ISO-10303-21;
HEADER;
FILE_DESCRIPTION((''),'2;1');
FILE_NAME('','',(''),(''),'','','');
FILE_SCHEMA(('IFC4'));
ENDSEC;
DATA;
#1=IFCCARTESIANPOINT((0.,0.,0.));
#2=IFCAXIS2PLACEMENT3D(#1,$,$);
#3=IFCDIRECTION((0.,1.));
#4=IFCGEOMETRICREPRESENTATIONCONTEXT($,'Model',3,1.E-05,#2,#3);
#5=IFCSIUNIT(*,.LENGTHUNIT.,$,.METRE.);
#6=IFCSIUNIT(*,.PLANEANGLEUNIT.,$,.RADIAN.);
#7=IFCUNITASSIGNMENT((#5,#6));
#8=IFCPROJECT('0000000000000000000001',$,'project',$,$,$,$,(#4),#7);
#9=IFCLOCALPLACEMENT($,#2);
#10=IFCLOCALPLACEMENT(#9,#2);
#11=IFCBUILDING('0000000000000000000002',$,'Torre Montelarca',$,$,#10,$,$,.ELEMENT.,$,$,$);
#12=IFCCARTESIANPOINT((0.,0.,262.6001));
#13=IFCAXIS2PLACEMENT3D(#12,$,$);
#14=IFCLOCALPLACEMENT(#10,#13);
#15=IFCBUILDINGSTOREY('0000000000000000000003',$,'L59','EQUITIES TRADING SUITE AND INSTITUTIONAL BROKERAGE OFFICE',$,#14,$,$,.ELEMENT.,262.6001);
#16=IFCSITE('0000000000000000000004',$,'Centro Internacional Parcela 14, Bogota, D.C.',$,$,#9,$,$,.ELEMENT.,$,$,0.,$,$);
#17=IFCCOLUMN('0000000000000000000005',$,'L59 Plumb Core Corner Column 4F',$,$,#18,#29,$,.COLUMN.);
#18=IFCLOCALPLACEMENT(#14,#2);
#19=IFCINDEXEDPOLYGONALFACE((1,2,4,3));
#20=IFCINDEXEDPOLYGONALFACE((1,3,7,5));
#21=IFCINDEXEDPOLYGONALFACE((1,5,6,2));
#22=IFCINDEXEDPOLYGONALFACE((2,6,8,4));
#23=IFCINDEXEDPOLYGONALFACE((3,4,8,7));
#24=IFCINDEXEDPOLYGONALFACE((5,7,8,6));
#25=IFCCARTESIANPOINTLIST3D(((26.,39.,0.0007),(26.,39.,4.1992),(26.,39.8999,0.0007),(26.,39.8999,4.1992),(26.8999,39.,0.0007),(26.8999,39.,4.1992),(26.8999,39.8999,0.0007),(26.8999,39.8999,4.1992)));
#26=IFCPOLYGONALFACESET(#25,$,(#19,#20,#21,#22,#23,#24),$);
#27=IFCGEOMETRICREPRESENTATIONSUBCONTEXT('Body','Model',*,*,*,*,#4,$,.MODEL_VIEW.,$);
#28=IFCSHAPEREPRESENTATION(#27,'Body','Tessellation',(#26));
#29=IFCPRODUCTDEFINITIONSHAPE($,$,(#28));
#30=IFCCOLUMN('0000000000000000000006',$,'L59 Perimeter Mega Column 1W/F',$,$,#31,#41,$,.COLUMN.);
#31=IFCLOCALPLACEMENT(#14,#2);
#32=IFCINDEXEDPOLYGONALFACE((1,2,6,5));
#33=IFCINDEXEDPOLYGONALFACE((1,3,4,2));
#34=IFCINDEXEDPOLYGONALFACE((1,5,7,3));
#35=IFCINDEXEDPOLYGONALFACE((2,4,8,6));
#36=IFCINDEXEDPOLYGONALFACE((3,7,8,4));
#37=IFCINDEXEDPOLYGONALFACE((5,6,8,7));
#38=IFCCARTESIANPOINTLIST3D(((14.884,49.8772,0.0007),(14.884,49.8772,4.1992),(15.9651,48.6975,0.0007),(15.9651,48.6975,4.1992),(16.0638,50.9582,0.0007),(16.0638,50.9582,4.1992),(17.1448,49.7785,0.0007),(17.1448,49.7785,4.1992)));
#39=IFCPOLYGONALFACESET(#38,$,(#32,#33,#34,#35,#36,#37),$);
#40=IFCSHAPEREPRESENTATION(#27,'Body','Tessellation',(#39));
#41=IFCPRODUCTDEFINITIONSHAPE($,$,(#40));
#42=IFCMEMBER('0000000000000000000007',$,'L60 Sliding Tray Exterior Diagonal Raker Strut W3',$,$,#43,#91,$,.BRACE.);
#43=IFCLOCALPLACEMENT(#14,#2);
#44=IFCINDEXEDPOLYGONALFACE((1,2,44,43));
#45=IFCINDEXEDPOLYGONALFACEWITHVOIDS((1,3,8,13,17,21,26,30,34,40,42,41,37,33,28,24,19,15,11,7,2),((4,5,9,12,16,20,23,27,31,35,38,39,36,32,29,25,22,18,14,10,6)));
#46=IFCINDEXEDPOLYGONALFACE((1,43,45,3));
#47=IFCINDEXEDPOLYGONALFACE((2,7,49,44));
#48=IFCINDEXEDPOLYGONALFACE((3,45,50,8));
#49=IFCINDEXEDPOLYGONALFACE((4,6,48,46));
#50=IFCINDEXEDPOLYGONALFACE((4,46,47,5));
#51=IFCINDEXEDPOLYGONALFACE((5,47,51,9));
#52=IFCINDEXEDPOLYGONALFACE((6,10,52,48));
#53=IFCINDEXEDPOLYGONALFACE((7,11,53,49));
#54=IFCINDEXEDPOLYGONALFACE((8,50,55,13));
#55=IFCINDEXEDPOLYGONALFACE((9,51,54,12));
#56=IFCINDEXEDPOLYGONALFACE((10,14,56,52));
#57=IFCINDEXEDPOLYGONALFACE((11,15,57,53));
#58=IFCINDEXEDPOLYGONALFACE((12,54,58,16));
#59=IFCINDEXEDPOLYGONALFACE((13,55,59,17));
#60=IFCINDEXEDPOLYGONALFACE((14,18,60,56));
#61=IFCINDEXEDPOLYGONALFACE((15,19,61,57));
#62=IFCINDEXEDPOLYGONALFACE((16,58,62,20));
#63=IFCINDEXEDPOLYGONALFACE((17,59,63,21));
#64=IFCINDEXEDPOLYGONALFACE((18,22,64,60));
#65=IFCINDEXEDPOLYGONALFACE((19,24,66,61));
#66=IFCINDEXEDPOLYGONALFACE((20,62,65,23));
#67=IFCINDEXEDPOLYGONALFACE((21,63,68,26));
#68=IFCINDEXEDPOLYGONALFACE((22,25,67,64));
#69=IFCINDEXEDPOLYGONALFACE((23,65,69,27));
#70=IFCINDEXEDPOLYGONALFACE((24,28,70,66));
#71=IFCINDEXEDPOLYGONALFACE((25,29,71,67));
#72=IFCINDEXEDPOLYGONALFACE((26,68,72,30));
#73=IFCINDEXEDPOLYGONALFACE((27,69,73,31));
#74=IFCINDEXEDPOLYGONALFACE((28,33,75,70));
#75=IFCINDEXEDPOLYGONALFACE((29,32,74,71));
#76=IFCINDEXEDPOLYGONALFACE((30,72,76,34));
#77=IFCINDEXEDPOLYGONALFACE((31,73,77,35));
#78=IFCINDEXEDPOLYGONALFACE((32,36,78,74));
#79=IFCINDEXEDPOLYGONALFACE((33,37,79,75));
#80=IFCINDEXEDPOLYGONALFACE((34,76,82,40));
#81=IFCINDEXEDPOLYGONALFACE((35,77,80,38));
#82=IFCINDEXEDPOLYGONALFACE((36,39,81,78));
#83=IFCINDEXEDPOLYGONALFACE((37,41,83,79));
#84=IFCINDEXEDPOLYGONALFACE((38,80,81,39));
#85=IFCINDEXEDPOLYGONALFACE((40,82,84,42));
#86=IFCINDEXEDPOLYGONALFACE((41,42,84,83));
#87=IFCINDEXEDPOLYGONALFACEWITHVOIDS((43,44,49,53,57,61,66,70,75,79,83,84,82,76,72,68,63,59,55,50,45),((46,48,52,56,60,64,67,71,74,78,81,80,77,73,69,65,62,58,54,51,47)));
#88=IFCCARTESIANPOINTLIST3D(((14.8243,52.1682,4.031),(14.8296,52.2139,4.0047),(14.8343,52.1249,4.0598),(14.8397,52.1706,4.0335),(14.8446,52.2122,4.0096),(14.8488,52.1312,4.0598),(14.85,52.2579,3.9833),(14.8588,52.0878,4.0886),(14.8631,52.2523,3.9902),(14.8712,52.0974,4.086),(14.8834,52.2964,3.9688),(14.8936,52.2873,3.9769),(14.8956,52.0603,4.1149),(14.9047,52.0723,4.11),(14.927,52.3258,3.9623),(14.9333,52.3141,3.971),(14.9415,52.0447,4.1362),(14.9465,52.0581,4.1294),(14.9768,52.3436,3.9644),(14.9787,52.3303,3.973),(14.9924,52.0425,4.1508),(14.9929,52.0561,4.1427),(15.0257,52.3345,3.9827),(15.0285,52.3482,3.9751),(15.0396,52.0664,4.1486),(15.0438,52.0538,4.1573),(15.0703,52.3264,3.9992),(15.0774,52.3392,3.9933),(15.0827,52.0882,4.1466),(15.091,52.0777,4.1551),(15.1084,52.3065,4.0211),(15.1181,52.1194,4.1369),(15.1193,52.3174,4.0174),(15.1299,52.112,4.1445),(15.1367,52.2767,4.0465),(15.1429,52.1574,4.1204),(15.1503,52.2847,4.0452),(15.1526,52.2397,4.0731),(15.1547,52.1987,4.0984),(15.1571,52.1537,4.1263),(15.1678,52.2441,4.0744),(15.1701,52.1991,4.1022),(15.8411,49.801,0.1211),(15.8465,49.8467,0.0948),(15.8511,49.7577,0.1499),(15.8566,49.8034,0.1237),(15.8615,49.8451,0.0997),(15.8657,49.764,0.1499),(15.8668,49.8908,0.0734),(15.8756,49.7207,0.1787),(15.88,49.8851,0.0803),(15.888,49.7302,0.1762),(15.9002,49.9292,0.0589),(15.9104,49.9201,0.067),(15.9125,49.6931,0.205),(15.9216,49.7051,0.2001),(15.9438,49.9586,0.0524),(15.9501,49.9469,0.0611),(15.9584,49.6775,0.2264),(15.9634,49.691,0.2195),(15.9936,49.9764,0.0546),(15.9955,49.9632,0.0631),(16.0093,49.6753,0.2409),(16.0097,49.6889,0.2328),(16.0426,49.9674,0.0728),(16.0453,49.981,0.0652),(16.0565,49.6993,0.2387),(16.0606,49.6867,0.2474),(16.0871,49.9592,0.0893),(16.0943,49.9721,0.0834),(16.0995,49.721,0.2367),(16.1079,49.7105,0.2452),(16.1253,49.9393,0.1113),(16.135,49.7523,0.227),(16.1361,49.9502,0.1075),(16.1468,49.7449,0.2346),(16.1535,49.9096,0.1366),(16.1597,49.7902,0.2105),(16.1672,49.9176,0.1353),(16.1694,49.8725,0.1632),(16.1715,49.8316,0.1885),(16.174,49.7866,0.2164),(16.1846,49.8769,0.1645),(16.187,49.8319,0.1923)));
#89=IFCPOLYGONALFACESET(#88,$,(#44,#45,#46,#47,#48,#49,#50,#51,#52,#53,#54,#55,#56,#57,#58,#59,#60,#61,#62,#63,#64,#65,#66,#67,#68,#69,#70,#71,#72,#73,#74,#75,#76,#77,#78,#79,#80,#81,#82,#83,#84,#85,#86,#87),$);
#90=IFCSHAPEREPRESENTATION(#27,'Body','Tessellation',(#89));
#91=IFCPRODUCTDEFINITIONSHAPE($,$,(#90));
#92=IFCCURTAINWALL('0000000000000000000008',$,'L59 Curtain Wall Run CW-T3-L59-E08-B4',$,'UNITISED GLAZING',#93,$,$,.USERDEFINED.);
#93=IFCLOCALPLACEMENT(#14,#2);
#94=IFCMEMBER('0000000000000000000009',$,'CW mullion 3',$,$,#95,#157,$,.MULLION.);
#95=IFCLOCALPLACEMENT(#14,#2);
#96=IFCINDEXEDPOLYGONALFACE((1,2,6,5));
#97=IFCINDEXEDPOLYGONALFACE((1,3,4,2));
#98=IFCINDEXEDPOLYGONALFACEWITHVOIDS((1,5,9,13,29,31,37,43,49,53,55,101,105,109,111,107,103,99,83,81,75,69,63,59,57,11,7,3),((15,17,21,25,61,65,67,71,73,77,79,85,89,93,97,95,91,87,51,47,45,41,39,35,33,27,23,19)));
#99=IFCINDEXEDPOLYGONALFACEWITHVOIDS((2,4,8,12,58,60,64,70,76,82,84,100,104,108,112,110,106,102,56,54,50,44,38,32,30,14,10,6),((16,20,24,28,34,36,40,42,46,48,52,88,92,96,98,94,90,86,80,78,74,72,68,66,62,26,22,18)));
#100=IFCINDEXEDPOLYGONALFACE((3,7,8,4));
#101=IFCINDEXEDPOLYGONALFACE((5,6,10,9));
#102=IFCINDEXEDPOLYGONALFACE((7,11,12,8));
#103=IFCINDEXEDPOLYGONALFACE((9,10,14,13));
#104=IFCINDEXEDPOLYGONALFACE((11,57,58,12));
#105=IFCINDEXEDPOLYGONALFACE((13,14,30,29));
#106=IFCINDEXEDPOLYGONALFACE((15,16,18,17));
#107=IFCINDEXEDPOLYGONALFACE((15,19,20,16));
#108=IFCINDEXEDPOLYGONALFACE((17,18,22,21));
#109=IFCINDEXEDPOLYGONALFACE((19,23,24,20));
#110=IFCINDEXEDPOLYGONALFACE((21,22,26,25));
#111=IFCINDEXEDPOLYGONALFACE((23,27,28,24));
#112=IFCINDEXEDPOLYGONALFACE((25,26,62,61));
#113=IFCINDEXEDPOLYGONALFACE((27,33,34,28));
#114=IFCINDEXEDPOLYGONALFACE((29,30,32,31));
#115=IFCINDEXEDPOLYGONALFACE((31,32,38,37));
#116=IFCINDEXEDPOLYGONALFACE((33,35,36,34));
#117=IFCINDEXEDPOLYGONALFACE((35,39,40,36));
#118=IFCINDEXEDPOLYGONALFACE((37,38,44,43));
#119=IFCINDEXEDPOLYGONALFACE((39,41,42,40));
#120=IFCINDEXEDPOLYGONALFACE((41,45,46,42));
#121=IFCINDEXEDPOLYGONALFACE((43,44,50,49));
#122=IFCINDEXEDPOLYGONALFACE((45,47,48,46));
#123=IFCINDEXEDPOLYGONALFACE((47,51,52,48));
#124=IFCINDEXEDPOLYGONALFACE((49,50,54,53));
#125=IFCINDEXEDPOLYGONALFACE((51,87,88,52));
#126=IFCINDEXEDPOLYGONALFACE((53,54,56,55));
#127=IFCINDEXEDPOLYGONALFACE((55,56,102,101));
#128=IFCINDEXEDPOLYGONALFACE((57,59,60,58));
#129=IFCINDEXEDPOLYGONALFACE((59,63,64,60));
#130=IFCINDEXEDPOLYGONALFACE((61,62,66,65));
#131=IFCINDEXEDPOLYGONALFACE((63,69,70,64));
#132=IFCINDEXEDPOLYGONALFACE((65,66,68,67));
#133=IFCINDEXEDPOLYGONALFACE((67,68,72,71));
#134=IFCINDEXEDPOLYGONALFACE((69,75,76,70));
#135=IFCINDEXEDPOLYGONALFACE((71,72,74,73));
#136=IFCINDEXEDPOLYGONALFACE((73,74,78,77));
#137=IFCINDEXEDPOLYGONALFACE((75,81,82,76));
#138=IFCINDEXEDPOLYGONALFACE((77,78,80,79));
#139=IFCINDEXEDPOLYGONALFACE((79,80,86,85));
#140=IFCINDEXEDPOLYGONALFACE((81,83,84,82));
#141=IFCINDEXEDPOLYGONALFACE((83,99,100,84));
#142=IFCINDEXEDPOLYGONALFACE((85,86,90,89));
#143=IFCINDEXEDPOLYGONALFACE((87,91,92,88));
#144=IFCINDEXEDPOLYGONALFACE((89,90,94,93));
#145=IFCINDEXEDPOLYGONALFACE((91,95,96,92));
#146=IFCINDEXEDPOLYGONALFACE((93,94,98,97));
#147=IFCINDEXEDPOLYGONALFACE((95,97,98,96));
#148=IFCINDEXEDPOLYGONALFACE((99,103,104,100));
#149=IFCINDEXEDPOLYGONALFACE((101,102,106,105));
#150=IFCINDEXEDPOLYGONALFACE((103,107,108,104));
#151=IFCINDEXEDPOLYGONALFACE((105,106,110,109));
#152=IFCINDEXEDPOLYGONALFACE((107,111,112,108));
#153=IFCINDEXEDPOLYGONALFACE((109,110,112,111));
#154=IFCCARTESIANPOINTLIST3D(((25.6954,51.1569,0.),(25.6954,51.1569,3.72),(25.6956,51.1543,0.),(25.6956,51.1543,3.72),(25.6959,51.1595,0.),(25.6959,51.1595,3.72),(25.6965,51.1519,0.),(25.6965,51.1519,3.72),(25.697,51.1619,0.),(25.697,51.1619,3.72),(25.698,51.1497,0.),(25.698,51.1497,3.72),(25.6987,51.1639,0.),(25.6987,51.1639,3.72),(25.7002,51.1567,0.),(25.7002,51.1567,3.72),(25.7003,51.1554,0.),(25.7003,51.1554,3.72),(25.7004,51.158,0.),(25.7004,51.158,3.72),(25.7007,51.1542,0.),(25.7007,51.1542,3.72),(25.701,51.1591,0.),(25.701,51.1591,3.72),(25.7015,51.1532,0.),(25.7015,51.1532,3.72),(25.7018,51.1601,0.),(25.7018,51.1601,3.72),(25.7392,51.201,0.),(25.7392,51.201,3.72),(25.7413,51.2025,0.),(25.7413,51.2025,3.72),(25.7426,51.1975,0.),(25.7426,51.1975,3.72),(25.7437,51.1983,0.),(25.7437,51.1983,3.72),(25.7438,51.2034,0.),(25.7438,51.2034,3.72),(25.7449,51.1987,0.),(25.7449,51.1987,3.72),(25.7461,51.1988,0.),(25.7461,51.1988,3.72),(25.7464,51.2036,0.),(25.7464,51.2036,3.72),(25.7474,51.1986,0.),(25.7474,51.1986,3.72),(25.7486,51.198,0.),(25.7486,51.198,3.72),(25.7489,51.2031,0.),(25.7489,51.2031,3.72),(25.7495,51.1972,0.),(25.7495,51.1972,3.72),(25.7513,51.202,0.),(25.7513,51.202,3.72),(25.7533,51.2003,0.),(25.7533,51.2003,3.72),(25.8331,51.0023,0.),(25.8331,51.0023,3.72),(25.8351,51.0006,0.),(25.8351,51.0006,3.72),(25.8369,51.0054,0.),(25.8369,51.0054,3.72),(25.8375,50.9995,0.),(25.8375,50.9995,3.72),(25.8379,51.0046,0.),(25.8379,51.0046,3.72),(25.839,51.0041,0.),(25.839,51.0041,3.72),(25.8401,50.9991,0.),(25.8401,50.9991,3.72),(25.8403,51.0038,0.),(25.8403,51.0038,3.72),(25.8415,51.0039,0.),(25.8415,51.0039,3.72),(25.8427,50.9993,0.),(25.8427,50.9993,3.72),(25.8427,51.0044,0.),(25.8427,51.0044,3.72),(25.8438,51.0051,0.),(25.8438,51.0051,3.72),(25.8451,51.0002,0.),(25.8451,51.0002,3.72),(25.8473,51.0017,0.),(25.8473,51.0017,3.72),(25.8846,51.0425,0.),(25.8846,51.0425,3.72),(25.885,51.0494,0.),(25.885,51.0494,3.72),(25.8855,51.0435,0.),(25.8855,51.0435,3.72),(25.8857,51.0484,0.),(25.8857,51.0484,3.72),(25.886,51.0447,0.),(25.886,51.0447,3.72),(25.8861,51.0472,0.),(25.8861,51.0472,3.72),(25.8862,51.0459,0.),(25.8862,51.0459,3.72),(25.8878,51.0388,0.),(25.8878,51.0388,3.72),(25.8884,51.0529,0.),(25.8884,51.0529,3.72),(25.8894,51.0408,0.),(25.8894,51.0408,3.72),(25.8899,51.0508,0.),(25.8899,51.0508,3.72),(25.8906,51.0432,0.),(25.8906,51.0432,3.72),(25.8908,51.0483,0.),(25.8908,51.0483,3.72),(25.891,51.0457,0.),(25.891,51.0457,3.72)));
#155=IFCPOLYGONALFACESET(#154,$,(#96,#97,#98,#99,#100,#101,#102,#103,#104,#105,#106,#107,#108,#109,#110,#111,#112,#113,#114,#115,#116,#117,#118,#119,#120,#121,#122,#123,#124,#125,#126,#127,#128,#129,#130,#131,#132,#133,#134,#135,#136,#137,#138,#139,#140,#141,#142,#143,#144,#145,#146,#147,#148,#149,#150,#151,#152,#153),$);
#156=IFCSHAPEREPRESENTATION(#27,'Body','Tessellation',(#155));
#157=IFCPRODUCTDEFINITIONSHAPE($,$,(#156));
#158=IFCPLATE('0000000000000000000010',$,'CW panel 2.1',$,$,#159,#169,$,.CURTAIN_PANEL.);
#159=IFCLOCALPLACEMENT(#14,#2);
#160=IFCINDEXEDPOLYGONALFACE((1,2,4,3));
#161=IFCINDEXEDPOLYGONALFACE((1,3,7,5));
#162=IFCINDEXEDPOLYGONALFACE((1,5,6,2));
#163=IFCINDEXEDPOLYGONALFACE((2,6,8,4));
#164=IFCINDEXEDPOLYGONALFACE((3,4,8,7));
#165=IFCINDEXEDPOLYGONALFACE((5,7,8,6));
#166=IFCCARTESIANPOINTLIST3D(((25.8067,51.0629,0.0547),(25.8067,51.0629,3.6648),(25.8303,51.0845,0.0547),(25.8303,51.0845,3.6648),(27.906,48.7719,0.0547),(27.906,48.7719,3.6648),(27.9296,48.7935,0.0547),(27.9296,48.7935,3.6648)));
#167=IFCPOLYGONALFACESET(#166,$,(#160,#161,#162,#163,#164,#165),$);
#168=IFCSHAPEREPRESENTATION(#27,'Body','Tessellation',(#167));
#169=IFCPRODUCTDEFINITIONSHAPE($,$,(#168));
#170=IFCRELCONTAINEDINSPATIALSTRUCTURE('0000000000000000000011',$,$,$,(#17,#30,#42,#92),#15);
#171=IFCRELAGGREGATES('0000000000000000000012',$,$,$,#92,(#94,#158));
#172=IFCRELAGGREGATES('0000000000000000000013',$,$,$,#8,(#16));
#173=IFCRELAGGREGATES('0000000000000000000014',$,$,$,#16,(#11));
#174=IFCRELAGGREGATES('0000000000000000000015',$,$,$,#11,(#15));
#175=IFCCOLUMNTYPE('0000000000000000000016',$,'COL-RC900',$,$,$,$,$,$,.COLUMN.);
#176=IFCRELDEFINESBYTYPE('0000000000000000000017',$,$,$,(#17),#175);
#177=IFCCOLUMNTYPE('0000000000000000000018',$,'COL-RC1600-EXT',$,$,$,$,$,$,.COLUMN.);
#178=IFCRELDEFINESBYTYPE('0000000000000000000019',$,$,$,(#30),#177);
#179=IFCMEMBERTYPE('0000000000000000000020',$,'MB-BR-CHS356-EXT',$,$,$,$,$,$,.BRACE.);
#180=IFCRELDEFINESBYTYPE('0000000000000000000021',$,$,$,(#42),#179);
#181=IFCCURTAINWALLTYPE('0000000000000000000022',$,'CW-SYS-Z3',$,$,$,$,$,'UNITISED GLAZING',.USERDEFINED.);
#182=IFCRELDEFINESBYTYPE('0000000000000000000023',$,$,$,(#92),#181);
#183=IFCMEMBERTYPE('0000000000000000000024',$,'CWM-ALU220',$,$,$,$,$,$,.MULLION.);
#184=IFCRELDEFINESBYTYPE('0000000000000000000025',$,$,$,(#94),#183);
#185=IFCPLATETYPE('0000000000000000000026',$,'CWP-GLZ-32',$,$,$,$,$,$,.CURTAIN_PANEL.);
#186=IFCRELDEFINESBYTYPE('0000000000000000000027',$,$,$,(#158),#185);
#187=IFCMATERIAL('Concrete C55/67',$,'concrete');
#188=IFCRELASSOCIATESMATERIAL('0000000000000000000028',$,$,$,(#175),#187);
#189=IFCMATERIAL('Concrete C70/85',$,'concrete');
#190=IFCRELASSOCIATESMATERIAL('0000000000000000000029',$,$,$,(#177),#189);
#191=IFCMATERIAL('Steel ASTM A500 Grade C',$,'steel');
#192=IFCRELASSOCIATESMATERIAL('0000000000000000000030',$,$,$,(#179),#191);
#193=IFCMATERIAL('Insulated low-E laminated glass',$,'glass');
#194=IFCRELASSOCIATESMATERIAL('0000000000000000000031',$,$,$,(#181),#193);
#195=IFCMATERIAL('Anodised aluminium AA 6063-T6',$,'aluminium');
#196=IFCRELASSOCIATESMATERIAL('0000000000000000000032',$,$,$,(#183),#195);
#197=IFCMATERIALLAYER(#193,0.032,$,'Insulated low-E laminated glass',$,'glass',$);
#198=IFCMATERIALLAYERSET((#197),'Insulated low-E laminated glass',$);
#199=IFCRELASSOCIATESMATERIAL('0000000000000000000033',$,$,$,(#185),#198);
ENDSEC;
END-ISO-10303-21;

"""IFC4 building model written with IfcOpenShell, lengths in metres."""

from ifc_helpers import new_model, si_unit, direction, frame, origin, origin_2d, place, context, subcontext, project, spatial, rectangle, hollow_rectangle, hollow_circle, extrude, source, transform, mapped, material, layer, layer_set, material_profile, profile_set, type_object, element, aggregate, save


model = new_model("IFC4")

# Units and contexts
model_context = context("Model", 3, precision=1e-05, world=origin(), true_north=direction((0.0, 1.0)))
body_context = subcontext(model_context, "Body", "Model", "MODEL_VIEW")
ifc_project = project(units=[si_unit("LENGTHUNIT", "METRE"), si_unit("PLANEANGLEUNIT", "RADIAN")], contexts=[model_context])

# Site, building, storey
site_placement = place(None, origin())
site = spatial("IfcSite", under=ifc_project, at=site_placement, Name="Centro Internacional Parcela 14, Bogota, D.C.", CompositionType="ELEMENT", RefElevation=0.0)
building_placement = place(site_placement, origin())
building = spatial("IfcBuilding", under=site, at=building_placement, Name="Torre Montelarca", CompositionType="ELEMENT")
storey_placement = place(building_placement, frame((0.0, 0.0, 262.6001)))
storey = spatial("IfcBuildingStorey", under=building, at=storey_placement, Name="L59", Description="EQUITIES TRADING SUITE AND INSTITUTIONAL BROKERAGE OFFICE", CompositionType="ELEMENT", Elevation=262.6001)

# Columns
ifc_material_1 = material(Name="Concrete C55/67", Category="concrete")
ifc_material_profile_1 = material_profile(ifc_material_1, rectangle(XDim=0.8999, YDim=0.8999, at=origin_2d()), Name="RC900X900", Category="concrete")
ifc_profile_set_1 = profile_set([ifc_material_profile_1], Name="Concrete C55/67")
column_type_1 = type_object("IfcColumnType", Name="COL-RC900", PredefinedType="COLUMN", material=ifc_profile_set_1)
shared_shape_1 = source(origin(), body_context, "Body", "SweptSolid", [
    extrude(rectangle(XDim=0.8999, YDim=0.8999, at=origin_2d()), origin(), (0.0, 0.0, 1.0), 4.1985),
])
column_1_placement = place(storey_placement, frame((26.45, 39.45, 0.0007), z_axis=(0.0, 0.0, 1.0), x_axis=(1.0, 0.0, 0.0)))
element("IfcColumn", 1, at=column_1_placement, inside=storey, type_object=column_type_1, Name="L59 Plumb Core Corner Column 4F", PredefinedType="COLUMN", context=body_context, shape_type="MappedRepresentation", body=[
    mapped(shared_shape_1, transform((0.0, 0.0, 0.0), scale=1.0)),
])
ifc_material_2 = material(Name="Concrete C70/85", Category="concrete")
ifc_material_profile_2 = material_profile(ifc_material_2, rectangle(XDim=1.6001, YDim=1.6001, at=origin_2d()), Name="RC1600X1600", Category="concrete")
ifc_profile_set_2 = profile_set([ifc_material_profile_2], Name="Concrete C70/85")
column_type_2 = type_object("IfcColumnType", Name="COL-RC1600-EXT", PredefinedType="COLUMN", material=ifc_profile_set_2)
shared_shape_2 = source(origin(), body_context, "Body", "SweptSolid", [
    extrude(rectangle(XDim=1.6001, YDim=1.6001, at=origin_2d()), origin(), (0.0, 0.0, 1.0), 4.1985),
])
column_2_placement = place(storey_placement, frame((16.0144, 49.8279, 0.0007), z_axis=(0.0, 0.0, 1.0), x_axis=(-0.67559, 0.737277, 0.0)))
element("IfcColumn", 2, at=column_2_placement, inside=storey, type_object=column_type_2, Name="L59 Perimeter Mega Column 1W/F", PredefinedType="COLUMN", context=body_context, shape_type="MappedRepresentation", body=[
    mapped(shared_shape_2, transform((0.0, 0.0, 0.0), scale=1.0)),
])

# Member
ifc_material_3 = material(Name="Steel ASTM A500 Grade C", Category="steel")
ifc_material_profile_3 = material_profile(ifc_material_3, hollow_circle(Radius=0.1777, WallThickness=0.0159, at=origin_2d()), Name="HSS355.6X15.9", Category="steel")
ifc_profile_set_3 = profile_set([ifc_material_profile_3], Name="Steel ASTM A500 Grade C")
member_type_1 = type_object("IfcMemberType", Name="MB-BR-CHS356-EXT", PredefinedType="BRACE", material=ifc_profile_set_3)
shared_shape_3 = source(origin(), body_context, "Body", "SweptSolid", [
    extrude(hollow_circle(Radius=0.1777, WallThickness=0.0159, at=origin_2d()), origin(), (0.0, 0.0, 1.0), 4.6824),
])
member_1_placement = place(storey_placement, frame((16.0144, 49.8279, 0.1499), z_axis=(-0.217163, 0.505549, 0.835021), x_axis=(-0.918816, -0.394685, 0.0)))
element("IfcMember", 3, at=member_1_placement, inside=storey, type_object=member_type_1, Name="L60 Sliding Tray Exterior Diagonal Raker Strut W3", PredefinedType="BRACE", context=body_context, shape_type="MappedRepresentation", body=[
    mapped(shared_shape_3, transform((0.0, 0.0, 0.0), scale=1.0)),
])

# Curtain wall, member, plate
ifc_material_4 = material(Name="Insulated low-E laminated glass", Category="glass")
curtain_wall_type = type_object("IfcCurtainWallType", Name="CW-SYS-Z3", ElementType="UNITISED GLAZING", PredefinedType="USERDEFINED", material=ifc_material_4)
curtain_wall_placement = place(storey_placement, origin())
curtain_wall = element("IfcCurtainWall", 4, at=curtain_wall_placement, inside=storey, type_object=curtain_wall_type, Name="L59 Curtain Wall Run CW-T3-L59-E08-B4", ObjectType="UNITISED GLAZING", PredefinedType="USERDEFINED")
ifc_material_5 = material(Name="Anodised aluminium AA 6063-T6", Category="aluminium")
ifc_material_profile_4 = material_profile(ifc_material_5, hollow_rectangle(XDim=0.075, YDim=0.22, WallThickness=0.0049, InnerFilletRadius=0.0049, OuterFilletRadius=0.01, at=origin_2d()), Name="ALU75X220X5", Category="aluminium")
ifc_profile_set_4 = profile_set([ifc_material_profile_4], Name="Anodised aluminium AA 6063-T6")
member_type_2 = type_object("IfcMemberType", Name="CWM-ALU220", PredefinedType="MULLION", material=ifc_profile_set_4)
shared_shape_4 = source(origin(), body_context, "Body", "SweptSolid", [
    extrude(hollow_rectangle(XDim=0.075, YDim=0.22, WallThickness=0.0049, InnerFilletRadius=0.0049, OuterFilletRadius=0.01, at=origin_2d()), origin(), (0.0, 0.0, 1.0), 3.72),
])
member_2_placement = place(storey_placement, frame((25.7932, 51.1013, 0.0), z_axis=(0.0, 0.0, 1.0), x_axis=(-0.73728, -0.675588, 0.0)))
member_2 = element("IfcMember", 5, at=member_2_placement, type_object=member_type_2, Name="CW mullion 3", PredefinedType="MULLION", context=body_context, shape_type="MappedRepresentation", body=[
    mapped(shared_shape_4, transform((0.0, 0.0, 0.0), scale=1.0)),
])
ifc_layer_1 = layer(ifc_material_4, 0.032, Name="Insulated low-E laminated glass", Category="glass")
ifc_layer_set_1 = layer_set([ifc_layer_1], Name="Insulated low-E laminated glass")
plate_type = type_object("IfcPlateType", Name="CWP-GLZ-32", PredefinedType="CURTAIN_PANEL", material=ifc_layer_set_1)
shared_shape_5 = source(origin(), body_context, "Body", "SweptSolid", [
    extrude(rectangle(XDim=3.1074, YDim=0.032, at=origin_2d()), origin(), (0.0, 0.0, 1.0), 3.6101),
])
plate_placement = place(storey_placement, frame((26.8682, 49.9282, 0.0547), z_axis=(0.0, 0.0, 1.0), x_axis=(-0.675588, 0.73728, 0.0)))
plate = element("IfcPlate", 6, at=plate_placement, type_object=plate_type, Name="CW panel 2.1", PredefinedType="CURTAIN_PANEL", context=body_context, shape_type="MappedRepresentation", body=[
    mapped(shared_shape_5, transform((0.0, 0.0, 0.0), scale=1.0)),
])
aggregate(curtain_wall, [member_2, plate])

save(model, "model.ifc")
